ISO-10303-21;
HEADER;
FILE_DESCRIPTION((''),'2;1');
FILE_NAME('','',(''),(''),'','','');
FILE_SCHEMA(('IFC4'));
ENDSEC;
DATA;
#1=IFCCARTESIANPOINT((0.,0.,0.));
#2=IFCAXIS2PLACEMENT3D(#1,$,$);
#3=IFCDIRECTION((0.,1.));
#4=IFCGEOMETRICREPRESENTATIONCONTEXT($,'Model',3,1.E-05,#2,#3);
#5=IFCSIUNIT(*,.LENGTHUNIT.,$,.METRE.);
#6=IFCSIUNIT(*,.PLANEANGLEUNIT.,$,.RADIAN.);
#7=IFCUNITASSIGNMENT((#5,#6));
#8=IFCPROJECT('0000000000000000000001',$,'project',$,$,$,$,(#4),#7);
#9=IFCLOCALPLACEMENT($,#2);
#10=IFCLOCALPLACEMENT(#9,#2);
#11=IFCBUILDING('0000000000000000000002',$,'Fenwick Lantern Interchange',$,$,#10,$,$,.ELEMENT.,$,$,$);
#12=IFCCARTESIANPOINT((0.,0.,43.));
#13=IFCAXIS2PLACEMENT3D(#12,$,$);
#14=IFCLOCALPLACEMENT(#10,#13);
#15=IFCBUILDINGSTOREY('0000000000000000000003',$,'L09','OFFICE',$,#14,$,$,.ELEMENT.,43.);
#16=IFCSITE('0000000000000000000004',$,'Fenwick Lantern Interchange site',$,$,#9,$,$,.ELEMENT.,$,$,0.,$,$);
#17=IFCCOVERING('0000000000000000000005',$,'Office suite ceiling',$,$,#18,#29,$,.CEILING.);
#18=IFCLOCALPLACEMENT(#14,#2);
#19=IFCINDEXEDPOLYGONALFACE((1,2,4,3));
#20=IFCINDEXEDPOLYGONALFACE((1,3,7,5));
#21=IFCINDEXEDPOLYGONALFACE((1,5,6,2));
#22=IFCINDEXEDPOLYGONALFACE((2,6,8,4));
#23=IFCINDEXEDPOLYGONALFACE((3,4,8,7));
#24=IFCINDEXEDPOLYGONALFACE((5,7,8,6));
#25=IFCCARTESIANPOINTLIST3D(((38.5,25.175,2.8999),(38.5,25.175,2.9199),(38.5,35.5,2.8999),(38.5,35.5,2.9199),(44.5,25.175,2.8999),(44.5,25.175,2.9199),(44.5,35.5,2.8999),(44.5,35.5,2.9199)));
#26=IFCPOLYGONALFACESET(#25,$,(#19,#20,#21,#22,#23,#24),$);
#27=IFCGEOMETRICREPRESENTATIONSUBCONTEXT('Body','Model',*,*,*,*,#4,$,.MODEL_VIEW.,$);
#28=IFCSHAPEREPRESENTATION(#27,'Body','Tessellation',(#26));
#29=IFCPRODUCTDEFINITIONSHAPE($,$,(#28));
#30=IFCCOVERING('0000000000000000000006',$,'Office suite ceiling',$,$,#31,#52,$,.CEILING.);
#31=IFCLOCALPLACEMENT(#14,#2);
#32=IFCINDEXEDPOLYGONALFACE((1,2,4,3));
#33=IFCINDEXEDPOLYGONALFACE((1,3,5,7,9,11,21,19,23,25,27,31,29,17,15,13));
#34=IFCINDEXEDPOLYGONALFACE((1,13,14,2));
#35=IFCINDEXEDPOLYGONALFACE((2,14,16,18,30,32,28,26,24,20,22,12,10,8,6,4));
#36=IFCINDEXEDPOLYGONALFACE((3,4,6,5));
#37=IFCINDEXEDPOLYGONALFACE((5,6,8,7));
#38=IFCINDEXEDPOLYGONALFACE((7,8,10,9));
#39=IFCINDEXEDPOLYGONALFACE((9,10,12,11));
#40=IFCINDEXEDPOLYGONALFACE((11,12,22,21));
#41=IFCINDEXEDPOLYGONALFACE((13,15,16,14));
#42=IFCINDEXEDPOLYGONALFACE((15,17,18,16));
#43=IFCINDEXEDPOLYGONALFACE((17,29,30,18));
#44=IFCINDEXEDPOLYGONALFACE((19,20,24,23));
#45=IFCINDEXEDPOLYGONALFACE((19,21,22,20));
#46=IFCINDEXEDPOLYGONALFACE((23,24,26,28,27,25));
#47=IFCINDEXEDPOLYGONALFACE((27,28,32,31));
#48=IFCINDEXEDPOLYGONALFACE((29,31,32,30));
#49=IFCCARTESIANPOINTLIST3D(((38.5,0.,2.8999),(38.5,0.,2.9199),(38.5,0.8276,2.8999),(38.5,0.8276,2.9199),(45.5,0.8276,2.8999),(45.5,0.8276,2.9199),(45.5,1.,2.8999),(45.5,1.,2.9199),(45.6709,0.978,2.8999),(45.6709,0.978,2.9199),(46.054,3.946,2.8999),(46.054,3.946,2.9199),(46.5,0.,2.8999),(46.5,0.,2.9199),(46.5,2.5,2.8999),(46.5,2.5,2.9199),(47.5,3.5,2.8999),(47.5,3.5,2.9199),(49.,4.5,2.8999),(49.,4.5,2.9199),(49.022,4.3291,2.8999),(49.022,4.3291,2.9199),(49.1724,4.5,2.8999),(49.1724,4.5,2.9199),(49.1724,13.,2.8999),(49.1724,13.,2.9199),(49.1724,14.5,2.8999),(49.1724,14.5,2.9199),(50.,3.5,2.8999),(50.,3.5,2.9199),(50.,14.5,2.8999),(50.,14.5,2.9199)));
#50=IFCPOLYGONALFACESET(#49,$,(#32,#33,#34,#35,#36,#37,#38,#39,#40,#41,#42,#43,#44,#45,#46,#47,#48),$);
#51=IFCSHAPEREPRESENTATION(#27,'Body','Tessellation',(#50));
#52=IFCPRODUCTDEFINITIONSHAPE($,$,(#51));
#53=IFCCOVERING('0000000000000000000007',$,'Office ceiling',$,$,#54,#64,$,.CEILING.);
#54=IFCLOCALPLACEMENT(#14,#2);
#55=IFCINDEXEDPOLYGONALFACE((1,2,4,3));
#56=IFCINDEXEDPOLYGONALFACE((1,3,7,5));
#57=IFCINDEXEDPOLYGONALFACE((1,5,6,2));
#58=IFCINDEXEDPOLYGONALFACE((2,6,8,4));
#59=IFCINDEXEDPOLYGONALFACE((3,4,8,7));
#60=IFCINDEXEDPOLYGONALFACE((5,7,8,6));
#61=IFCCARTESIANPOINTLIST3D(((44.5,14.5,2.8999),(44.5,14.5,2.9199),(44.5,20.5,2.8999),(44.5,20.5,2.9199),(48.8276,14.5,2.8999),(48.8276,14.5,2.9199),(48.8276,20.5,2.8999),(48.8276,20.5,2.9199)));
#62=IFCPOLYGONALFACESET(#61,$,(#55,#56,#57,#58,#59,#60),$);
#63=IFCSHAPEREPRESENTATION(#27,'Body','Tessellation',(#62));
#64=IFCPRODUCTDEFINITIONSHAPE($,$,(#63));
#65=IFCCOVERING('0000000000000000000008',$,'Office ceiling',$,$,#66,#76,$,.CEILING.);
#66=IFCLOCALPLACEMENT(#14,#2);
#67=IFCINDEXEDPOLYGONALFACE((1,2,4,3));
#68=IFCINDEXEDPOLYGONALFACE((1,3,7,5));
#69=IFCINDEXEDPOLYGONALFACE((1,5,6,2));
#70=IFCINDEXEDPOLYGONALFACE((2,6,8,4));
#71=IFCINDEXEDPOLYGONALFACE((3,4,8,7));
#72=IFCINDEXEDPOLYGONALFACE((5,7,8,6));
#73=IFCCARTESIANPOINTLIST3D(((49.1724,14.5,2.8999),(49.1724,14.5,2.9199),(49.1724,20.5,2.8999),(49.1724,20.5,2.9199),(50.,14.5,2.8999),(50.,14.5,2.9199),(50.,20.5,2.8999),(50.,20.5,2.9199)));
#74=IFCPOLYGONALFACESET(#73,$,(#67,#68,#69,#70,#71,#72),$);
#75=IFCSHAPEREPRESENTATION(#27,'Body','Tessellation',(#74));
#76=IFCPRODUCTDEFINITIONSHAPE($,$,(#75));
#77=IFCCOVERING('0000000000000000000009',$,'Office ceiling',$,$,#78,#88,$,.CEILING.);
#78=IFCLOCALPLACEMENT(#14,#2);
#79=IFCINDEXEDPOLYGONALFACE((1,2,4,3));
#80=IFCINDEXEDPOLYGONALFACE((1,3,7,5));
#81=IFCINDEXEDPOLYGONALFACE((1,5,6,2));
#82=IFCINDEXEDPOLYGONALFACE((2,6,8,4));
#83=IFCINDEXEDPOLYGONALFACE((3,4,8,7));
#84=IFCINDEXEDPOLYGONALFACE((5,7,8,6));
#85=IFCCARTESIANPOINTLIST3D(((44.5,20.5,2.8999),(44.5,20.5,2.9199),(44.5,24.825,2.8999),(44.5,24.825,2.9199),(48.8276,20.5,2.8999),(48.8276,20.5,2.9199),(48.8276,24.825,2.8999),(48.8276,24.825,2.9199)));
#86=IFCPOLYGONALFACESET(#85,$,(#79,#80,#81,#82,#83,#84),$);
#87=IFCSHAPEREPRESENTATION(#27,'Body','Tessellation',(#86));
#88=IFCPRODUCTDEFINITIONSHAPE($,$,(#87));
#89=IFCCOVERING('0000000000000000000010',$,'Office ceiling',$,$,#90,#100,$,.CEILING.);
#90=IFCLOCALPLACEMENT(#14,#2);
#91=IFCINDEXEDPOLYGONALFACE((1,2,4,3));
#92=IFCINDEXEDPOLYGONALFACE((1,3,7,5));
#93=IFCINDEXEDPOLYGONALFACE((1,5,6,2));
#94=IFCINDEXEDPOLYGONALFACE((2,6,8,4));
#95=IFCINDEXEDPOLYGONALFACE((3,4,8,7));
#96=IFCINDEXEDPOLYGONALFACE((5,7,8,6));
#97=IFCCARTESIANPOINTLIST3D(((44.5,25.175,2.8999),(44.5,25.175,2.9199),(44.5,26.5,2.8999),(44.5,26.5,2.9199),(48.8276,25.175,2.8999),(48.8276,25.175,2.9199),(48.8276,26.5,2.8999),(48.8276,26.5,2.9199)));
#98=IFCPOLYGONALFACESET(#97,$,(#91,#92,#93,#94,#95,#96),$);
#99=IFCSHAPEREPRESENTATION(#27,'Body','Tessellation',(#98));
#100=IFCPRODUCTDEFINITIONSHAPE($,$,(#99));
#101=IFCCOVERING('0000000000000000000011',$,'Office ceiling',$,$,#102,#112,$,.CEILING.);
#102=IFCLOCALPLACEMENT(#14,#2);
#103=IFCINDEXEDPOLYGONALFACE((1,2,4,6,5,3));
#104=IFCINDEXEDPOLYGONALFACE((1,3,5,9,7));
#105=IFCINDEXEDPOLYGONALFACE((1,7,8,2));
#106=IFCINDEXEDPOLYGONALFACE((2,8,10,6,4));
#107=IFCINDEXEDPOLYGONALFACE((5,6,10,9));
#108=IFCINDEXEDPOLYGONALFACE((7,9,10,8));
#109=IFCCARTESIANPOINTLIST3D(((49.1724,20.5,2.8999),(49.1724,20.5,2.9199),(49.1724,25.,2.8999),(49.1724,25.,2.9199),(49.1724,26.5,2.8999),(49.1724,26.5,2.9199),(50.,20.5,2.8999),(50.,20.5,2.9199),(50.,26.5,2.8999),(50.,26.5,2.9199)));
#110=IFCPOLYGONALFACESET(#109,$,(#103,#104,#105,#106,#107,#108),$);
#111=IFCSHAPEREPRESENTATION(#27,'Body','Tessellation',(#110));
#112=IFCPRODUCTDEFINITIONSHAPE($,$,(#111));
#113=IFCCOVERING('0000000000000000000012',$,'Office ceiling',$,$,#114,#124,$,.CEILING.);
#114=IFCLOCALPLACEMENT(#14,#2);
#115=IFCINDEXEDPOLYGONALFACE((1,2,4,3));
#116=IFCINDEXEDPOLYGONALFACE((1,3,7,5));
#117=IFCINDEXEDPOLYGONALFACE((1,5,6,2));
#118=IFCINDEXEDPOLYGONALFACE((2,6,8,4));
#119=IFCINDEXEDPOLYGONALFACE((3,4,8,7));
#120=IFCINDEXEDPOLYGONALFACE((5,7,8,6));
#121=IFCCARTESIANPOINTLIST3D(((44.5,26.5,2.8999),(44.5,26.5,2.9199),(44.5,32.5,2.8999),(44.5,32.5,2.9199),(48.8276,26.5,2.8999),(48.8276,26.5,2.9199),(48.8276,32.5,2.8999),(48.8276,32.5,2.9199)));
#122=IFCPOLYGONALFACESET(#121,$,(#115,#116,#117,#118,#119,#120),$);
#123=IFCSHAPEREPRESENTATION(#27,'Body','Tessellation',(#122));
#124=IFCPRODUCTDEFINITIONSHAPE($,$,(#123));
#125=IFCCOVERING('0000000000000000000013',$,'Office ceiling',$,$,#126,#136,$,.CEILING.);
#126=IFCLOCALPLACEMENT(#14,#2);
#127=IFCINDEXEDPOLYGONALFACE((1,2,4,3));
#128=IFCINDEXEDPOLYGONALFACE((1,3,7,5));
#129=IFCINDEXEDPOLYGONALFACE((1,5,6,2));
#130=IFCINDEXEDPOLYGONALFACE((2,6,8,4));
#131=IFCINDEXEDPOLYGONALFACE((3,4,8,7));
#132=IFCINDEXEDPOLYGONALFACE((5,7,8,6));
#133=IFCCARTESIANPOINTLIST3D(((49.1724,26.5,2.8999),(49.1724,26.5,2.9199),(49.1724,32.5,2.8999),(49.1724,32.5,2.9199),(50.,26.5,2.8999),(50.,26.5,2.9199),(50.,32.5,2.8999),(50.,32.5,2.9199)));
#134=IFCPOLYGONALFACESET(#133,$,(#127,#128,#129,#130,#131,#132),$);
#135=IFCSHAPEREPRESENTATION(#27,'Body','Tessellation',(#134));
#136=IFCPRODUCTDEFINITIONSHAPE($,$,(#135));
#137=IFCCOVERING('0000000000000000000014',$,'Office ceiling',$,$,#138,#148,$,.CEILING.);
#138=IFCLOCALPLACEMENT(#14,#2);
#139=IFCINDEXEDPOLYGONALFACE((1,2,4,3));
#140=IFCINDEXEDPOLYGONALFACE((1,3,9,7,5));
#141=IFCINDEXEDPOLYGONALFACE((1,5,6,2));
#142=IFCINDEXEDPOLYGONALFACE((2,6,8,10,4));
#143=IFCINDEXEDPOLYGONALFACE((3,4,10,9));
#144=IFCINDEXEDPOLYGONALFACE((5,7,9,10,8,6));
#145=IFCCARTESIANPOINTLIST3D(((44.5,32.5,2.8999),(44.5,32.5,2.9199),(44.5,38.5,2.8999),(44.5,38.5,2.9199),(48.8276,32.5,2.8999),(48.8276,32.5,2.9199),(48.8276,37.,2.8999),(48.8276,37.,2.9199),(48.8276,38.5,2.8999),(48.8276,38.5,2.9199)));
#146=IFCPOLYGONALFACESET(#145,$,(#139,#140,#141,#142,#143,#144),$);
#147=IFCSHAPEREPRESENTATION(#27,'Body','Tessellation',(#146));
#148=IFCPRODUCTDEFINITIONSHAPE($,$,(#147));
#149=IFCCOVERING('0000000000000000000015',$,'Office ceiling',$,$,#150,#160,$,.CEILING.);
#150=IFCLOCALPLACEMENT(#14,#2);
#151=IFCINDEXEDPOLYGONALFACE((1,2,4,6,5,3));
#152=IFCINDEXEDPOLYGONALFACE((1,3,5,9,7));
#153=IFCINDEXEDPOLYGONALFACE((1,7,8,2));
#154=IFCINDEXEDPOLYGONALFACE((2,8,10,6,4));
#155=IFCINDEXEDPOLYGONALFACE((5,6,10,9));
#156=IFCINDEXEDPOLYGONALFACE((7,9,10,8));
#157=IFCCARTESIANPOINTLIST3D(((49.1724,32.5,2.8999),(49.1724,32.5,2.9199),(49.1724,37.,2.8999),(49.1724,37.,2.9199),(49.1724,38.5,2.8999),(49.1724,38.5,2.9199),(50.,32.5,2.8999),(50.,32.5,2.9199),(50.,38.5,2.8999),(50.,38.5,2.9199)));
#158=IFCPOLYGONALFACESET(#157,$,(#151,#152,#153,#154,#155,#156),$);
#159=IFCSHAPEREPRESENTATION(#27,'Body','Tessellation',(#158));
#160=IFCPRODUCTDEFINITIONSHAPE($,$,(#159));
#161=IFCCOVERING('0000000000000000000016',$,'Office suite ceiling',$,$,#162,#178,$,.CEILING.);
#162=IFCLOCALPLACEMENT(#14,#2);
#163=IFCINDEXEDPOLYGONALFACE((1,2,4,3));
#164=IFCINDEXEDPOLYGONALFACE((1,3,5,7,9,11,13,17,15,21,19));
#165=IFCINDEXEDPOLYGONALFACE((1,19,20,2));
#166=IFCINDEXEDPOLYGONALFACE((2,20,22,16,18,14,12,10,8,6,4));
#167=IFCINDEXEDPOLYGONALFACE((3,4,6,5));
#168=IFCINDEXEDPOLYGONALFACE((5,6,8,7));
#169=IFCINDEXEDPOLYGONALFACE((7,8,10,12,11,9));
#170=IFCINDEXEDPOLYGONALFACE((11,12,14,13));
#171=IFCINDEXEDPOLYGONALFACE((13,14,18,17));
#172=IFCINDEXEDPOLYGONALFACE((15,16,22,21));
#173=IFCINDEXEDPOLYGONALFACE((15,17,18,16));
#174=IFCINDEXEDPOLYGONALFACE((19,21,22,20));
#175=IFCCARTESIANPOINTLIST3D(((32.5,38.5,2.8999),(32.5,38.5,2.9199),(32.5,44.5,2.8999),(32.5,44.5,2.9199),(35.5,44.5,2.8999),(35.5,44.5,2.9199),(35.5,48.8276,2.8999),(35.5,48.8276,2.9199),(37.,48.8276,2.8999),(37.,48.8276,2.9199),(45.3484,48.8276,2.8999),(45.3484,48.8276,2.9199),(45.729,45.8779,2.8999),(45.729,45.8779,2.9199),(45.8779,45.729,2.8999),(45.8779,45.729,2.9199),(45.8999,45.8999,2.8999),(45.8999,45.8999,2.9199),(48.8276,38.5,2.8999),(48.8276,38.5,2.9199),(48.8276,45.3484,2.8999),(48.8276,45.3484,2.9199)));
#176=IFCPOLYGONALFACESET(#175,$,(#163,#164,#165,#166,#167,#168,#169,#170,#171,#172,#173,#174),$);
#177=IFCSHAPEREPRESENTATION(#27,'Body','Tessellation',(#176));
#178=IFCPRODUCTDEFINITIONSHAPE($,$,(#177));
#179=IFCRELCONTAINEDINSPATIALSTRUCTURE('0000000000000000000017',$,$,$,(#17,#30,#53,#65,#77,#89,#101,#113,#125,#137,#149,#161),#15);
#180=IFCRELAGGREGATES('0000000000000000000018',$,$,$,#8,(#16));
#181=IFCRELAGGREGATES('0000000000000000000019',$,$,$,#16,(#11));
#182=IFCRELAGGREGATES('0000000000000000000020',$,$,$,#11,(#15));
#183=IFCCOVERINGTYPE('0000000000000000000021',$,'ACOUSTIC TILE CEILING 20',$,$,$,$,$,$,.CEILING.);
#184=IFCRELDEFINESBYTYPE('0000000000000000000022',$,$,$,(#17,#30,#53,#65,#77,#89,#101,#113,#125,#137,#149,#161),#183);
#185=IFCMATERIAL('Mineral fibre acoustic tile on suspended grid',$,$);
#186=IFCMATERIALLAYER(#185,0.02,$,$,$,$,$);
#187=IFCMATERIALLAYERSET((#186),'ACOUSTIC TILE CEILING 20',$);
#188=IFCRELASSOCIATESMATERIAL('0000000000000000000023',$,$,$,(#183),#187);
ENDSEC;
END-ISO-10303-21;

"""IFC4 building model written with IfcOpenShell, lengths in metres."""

from ifc_helpers import new_model, si_unit, direction, frame, origin, place, context, subcontext, project, spatial, polyline, outline, extrude, material, layer, layer_set, type_object, element, save


model = new_model("IFC4")

# Units and contexts
model_context = context("Model", 3, precision=1e-05, world=origin(), true_north=direction((0.0, 1.0)))
body_context = subcontext(model_context, "Body", "Model", "MODEL_VIEW")
ifc_project = project(units=[si_unit("LENGTHUNIT", "METRE"), si_unit("PLANEANGLEUNIT", "RADIAN")], contexts=[model_context])

# Site, building, storey
site_placement = place(None, origin())
site = spatial("IfcSite", under=ifc_project, at=site_placement, Name="Fenwick Lantern Interchange site", CompositionType="ELEMENT", RefElevation=0.0)
building_placement = place(site_placement, origin())
building = spatial("IfcBuilding", under=site, at=building_placement, Name="Fenwick Lantern Interchange", CompositionType="ELEMENT")
storey_placement = place(building_placement, frame((0.0, 0.0, 43.0)))
storey = spatial("IfcBuildingStorey", under=building, at=storey_placement, Name="L09", Description="OFFICE", CompositionType="ELEMENT", Elevation=43.0)

# Coverings
ifc_material = material(Name="Mineral fibre acoustic tile on suspended grid")
ifc_layer = layer(ifc_material, 0.02)
ifc_layer_set = layer_set([ifc_layer], Name="ACOUSTIC TILE CEILING 20")
covering_type = type_object("IfcCoveringType", Name="ACOUSTIC TILE CEILING 20", PredefinedType="CEILING", material=ifc_layer_set)
covering_1_placement = place(storey_placement, frame((0.0, 0.0, 2.8999)))
element("IfcCovering", 1, at=covering_1_placement, inside=storey, type_object=covering_type, Name="Office suite ceiling", PredefinedType="CEILING", context=body_context, shape_type="SweptSolid", body=[
    extrude(outline(polyline([(38.5, 35.5), (38.5, 25.175), (44.5, 25.175), (44.5, 35.5), (38.5, 35.5)])), origin(), (0.0, 0.0, 1.0), 0.02),
])
covering_2_placement = place(storey_placement, frame((0.0, 0.0, 2.8999)))
element("IfcCovering", 2, at=covering_2_placement, inside=storey, type_object=covering_type, Name="Office suite ceiling", PredefinedType="CEILING", context=body_context, shape_type="SweptSolid", body=[
    extrude(outline(polyline([(38.5, 0.0), (46.5, 0.0), (46.5, 2.5), (47.5, 3.5), (50.0, 3.5), (50.0, 14.5), (49.1724, 14.5), (49.1724, 13.0), (49.1724, 4.5), (49.0, 4.5), (49.022, 4.3291), (46.054, 3.946), (45.6709, 0.978), (45.5, 1.0), (45.5, 0.8276), (38.5, 0.8276), (38.5, 0.0)])), origin(), (0.0, 0.0, 1.0), 0.02),
])
covering_3_placement = place(storey_placement, frame((0.0, 0.0, 2.8999)))
element("IfcCovering", 3, at=covering_3_placement, inside=storey, type_object=covering_type, Name="Office ceiling", PredefinedType="CEILING", context=body_context, shape_type="SweptSolid", body=[
    extrude(outline(polyline([(44.5, 14.5), (48.8276, 14.5), (48.8276, 20.5), (44.5, 20.5), (44.5, 14.5)])), origin(), (0.0, 0.0, 1.0), 0.02),
])
covering_4_placement = place(storey_placement, frame((0.0, 0.0, 2.8999)))
element("IfcCovering", 4, at=covering_4_placement, inside=storey, type_object=covering_type, Name="Office ceiling", PredefinedType="CEILING", context=body_context, shape_type="SweptSolid", body=[
    extrude(outline(polyline([(50.0, 20.5), (49.1724, 20.5), (49.1724, 14.5), (50.0, 14.5), (50.0, 20.5)])), origin(), (0.0, 0.0, 1.0), 0.02),
])
covering_5_placement = place(storey_placement, frame((0.0, 0.0, 2.8999)))
element("IfcCovering", 5, at=covering_5_placement, inside=storey, type_object=covering_type, Name="Office ceiling", PredefinedType="CEILING", context=body_context, shape_type="SweptSolid", body=[
    extrude(outline(polyline([(44.5, 20.5), (48.8276, 20.5), (48.8276, 24.825), (44.5, 24.825), (44.5, 20.5)])), origin(), (0.0, 0.0, 1.0), 0.02),
])
covering_6_placement = place(storey_placement, frame((0.0, 0.0, 2.8999)))
element("IfcCovering", 6, at=covering_6_placement, inside=storey, type_object=covering_type, Name="Office ceiling", PredefinedType="CEILING", context=body_context, shape_type="SweptSolid", body=[
    extrude(outline(polyline([(44.5, 26.5), (44.5, 25.175), (48.8276, 25.175), (48.8276, 26.5), (44.5, 26.5)])), origin(), (0.0, 0.0, 1.0), 0.02),
])
covering_7_placement = place(storey_placement, frame((0.0, 0.0, 2.8999)))
element("IfcCovering", 7, at=covering_7_placement, inside=storey, type_object=covering_type, Name="Office ceiling", PredefinedType="CEILING", context=body_context, shape_type="SweptSolid", body=[
    extrude(outline(polyline([(50.0, 26.5), (49.1724, 26.5), (49.1724, 25.0), (49.1724, 20.5), (50.0, 20.5), (50.0, 26.5)])), origin(), (0.0, 0.0, 1.0), 0.02),
])
covering_8_placement = place(storey_placement, frame((0.0, 0.0, 2.8999)))
element("IfcCovering", 8, at=covering_8_placement, inside=storey, type_object=covering_type, Name="Office ceiling", PredefinedType="CEILING", context=body_context, shape_type="SweptSolid", body=[
    extrude(outline(polyline([(44.5, 26.5), (48.8276, 26.5), (48.8276, 32.5), (44.5, 32.5), (44.5, 26.5)])), origin(), (0.0, 0.0, 1.0), 0.02),
])
covering_9_placement = place(storey_placement, frame((0.0, 0.0, 2.8999)))
element("IfcCovering", 9, at=covering_9_placement, inside=storey, type_object=covering_type, Name="Office ceiling", PredefinedType="CEILING", context=body_context, shape_type="SweptSolid", body=[
    extrude(outline(polyline([(50.0, 32.5), (49.1724, 32.5), (49.1724, 26.5), (50.0, 26.5), (50.0, 32.5)])), origin(), (0.0, 0.0, 1.0), 0.02),
])
covering_10_placement = place(storey_placement, frame((0.0, 0.0, 2.8999)))
element("IfcCovering", 10, at=covering_10_placement, inside=storey, type_object=covering_type, Name="Office ceiling", PredefinedType="CEILING", context=body_context, shape_type="SweptSolid", body=[
    extrude(outline(polyline([(44.5, 32.5), (48.8276, 32.5), (48.8276, 37.0), (48.8276, 38.5), (44.5, 38.5), (44.5, 32.5)])), origin(), (0.0, 0.0, 1.0), 0.02),
])
covering_11_placement = place(storey_placement, frame((0.0, 0.0, 2.8999)))
element("IfcCovering", 11, at=covering_11_placement, inside=storey, type_object=covering_type, Name="Office ceiling", PredefinedType="CEILING", context=body_context, shape_type="SweptSolid", body=[
    extrude(outline(polyline([(50.0, 38.5), (49.1724, 38.5), (49.1724, 37.0), (49.1724, 32.5), (50.0, 32.5), (50.0, 38.5)])), origin(), (0.0, 0.0, 1.0), 0.02),
])
covering_12_placement = place(storey_placement, frame((0.0, 0.0, 2.8999)))
element("IfcCovering", 12, at=covering_12_placement, inside=storey, type_object=covering_type, Name="Office suite ceiling", PredefinedType="CEILING", context=body_context, shape_type="SweptSolid", body=[
    extrude(outline(polyline([(32.5, 38.5), (48.8276, 38.5), (48.8276, 45.3484), (45.8779, 45.729), (45.8999, 45.8999), (45.729, 45.8779), (45.3484, 48.8276), (37.0, 48.8276), (35.5, 48.8276), (35.5, 44.5), (32.5, 44.5), (32.5, 38.5)])), origin(), (0.0, 0.0, 1.0), 0.02),
])

save(model, "model.ifc")
